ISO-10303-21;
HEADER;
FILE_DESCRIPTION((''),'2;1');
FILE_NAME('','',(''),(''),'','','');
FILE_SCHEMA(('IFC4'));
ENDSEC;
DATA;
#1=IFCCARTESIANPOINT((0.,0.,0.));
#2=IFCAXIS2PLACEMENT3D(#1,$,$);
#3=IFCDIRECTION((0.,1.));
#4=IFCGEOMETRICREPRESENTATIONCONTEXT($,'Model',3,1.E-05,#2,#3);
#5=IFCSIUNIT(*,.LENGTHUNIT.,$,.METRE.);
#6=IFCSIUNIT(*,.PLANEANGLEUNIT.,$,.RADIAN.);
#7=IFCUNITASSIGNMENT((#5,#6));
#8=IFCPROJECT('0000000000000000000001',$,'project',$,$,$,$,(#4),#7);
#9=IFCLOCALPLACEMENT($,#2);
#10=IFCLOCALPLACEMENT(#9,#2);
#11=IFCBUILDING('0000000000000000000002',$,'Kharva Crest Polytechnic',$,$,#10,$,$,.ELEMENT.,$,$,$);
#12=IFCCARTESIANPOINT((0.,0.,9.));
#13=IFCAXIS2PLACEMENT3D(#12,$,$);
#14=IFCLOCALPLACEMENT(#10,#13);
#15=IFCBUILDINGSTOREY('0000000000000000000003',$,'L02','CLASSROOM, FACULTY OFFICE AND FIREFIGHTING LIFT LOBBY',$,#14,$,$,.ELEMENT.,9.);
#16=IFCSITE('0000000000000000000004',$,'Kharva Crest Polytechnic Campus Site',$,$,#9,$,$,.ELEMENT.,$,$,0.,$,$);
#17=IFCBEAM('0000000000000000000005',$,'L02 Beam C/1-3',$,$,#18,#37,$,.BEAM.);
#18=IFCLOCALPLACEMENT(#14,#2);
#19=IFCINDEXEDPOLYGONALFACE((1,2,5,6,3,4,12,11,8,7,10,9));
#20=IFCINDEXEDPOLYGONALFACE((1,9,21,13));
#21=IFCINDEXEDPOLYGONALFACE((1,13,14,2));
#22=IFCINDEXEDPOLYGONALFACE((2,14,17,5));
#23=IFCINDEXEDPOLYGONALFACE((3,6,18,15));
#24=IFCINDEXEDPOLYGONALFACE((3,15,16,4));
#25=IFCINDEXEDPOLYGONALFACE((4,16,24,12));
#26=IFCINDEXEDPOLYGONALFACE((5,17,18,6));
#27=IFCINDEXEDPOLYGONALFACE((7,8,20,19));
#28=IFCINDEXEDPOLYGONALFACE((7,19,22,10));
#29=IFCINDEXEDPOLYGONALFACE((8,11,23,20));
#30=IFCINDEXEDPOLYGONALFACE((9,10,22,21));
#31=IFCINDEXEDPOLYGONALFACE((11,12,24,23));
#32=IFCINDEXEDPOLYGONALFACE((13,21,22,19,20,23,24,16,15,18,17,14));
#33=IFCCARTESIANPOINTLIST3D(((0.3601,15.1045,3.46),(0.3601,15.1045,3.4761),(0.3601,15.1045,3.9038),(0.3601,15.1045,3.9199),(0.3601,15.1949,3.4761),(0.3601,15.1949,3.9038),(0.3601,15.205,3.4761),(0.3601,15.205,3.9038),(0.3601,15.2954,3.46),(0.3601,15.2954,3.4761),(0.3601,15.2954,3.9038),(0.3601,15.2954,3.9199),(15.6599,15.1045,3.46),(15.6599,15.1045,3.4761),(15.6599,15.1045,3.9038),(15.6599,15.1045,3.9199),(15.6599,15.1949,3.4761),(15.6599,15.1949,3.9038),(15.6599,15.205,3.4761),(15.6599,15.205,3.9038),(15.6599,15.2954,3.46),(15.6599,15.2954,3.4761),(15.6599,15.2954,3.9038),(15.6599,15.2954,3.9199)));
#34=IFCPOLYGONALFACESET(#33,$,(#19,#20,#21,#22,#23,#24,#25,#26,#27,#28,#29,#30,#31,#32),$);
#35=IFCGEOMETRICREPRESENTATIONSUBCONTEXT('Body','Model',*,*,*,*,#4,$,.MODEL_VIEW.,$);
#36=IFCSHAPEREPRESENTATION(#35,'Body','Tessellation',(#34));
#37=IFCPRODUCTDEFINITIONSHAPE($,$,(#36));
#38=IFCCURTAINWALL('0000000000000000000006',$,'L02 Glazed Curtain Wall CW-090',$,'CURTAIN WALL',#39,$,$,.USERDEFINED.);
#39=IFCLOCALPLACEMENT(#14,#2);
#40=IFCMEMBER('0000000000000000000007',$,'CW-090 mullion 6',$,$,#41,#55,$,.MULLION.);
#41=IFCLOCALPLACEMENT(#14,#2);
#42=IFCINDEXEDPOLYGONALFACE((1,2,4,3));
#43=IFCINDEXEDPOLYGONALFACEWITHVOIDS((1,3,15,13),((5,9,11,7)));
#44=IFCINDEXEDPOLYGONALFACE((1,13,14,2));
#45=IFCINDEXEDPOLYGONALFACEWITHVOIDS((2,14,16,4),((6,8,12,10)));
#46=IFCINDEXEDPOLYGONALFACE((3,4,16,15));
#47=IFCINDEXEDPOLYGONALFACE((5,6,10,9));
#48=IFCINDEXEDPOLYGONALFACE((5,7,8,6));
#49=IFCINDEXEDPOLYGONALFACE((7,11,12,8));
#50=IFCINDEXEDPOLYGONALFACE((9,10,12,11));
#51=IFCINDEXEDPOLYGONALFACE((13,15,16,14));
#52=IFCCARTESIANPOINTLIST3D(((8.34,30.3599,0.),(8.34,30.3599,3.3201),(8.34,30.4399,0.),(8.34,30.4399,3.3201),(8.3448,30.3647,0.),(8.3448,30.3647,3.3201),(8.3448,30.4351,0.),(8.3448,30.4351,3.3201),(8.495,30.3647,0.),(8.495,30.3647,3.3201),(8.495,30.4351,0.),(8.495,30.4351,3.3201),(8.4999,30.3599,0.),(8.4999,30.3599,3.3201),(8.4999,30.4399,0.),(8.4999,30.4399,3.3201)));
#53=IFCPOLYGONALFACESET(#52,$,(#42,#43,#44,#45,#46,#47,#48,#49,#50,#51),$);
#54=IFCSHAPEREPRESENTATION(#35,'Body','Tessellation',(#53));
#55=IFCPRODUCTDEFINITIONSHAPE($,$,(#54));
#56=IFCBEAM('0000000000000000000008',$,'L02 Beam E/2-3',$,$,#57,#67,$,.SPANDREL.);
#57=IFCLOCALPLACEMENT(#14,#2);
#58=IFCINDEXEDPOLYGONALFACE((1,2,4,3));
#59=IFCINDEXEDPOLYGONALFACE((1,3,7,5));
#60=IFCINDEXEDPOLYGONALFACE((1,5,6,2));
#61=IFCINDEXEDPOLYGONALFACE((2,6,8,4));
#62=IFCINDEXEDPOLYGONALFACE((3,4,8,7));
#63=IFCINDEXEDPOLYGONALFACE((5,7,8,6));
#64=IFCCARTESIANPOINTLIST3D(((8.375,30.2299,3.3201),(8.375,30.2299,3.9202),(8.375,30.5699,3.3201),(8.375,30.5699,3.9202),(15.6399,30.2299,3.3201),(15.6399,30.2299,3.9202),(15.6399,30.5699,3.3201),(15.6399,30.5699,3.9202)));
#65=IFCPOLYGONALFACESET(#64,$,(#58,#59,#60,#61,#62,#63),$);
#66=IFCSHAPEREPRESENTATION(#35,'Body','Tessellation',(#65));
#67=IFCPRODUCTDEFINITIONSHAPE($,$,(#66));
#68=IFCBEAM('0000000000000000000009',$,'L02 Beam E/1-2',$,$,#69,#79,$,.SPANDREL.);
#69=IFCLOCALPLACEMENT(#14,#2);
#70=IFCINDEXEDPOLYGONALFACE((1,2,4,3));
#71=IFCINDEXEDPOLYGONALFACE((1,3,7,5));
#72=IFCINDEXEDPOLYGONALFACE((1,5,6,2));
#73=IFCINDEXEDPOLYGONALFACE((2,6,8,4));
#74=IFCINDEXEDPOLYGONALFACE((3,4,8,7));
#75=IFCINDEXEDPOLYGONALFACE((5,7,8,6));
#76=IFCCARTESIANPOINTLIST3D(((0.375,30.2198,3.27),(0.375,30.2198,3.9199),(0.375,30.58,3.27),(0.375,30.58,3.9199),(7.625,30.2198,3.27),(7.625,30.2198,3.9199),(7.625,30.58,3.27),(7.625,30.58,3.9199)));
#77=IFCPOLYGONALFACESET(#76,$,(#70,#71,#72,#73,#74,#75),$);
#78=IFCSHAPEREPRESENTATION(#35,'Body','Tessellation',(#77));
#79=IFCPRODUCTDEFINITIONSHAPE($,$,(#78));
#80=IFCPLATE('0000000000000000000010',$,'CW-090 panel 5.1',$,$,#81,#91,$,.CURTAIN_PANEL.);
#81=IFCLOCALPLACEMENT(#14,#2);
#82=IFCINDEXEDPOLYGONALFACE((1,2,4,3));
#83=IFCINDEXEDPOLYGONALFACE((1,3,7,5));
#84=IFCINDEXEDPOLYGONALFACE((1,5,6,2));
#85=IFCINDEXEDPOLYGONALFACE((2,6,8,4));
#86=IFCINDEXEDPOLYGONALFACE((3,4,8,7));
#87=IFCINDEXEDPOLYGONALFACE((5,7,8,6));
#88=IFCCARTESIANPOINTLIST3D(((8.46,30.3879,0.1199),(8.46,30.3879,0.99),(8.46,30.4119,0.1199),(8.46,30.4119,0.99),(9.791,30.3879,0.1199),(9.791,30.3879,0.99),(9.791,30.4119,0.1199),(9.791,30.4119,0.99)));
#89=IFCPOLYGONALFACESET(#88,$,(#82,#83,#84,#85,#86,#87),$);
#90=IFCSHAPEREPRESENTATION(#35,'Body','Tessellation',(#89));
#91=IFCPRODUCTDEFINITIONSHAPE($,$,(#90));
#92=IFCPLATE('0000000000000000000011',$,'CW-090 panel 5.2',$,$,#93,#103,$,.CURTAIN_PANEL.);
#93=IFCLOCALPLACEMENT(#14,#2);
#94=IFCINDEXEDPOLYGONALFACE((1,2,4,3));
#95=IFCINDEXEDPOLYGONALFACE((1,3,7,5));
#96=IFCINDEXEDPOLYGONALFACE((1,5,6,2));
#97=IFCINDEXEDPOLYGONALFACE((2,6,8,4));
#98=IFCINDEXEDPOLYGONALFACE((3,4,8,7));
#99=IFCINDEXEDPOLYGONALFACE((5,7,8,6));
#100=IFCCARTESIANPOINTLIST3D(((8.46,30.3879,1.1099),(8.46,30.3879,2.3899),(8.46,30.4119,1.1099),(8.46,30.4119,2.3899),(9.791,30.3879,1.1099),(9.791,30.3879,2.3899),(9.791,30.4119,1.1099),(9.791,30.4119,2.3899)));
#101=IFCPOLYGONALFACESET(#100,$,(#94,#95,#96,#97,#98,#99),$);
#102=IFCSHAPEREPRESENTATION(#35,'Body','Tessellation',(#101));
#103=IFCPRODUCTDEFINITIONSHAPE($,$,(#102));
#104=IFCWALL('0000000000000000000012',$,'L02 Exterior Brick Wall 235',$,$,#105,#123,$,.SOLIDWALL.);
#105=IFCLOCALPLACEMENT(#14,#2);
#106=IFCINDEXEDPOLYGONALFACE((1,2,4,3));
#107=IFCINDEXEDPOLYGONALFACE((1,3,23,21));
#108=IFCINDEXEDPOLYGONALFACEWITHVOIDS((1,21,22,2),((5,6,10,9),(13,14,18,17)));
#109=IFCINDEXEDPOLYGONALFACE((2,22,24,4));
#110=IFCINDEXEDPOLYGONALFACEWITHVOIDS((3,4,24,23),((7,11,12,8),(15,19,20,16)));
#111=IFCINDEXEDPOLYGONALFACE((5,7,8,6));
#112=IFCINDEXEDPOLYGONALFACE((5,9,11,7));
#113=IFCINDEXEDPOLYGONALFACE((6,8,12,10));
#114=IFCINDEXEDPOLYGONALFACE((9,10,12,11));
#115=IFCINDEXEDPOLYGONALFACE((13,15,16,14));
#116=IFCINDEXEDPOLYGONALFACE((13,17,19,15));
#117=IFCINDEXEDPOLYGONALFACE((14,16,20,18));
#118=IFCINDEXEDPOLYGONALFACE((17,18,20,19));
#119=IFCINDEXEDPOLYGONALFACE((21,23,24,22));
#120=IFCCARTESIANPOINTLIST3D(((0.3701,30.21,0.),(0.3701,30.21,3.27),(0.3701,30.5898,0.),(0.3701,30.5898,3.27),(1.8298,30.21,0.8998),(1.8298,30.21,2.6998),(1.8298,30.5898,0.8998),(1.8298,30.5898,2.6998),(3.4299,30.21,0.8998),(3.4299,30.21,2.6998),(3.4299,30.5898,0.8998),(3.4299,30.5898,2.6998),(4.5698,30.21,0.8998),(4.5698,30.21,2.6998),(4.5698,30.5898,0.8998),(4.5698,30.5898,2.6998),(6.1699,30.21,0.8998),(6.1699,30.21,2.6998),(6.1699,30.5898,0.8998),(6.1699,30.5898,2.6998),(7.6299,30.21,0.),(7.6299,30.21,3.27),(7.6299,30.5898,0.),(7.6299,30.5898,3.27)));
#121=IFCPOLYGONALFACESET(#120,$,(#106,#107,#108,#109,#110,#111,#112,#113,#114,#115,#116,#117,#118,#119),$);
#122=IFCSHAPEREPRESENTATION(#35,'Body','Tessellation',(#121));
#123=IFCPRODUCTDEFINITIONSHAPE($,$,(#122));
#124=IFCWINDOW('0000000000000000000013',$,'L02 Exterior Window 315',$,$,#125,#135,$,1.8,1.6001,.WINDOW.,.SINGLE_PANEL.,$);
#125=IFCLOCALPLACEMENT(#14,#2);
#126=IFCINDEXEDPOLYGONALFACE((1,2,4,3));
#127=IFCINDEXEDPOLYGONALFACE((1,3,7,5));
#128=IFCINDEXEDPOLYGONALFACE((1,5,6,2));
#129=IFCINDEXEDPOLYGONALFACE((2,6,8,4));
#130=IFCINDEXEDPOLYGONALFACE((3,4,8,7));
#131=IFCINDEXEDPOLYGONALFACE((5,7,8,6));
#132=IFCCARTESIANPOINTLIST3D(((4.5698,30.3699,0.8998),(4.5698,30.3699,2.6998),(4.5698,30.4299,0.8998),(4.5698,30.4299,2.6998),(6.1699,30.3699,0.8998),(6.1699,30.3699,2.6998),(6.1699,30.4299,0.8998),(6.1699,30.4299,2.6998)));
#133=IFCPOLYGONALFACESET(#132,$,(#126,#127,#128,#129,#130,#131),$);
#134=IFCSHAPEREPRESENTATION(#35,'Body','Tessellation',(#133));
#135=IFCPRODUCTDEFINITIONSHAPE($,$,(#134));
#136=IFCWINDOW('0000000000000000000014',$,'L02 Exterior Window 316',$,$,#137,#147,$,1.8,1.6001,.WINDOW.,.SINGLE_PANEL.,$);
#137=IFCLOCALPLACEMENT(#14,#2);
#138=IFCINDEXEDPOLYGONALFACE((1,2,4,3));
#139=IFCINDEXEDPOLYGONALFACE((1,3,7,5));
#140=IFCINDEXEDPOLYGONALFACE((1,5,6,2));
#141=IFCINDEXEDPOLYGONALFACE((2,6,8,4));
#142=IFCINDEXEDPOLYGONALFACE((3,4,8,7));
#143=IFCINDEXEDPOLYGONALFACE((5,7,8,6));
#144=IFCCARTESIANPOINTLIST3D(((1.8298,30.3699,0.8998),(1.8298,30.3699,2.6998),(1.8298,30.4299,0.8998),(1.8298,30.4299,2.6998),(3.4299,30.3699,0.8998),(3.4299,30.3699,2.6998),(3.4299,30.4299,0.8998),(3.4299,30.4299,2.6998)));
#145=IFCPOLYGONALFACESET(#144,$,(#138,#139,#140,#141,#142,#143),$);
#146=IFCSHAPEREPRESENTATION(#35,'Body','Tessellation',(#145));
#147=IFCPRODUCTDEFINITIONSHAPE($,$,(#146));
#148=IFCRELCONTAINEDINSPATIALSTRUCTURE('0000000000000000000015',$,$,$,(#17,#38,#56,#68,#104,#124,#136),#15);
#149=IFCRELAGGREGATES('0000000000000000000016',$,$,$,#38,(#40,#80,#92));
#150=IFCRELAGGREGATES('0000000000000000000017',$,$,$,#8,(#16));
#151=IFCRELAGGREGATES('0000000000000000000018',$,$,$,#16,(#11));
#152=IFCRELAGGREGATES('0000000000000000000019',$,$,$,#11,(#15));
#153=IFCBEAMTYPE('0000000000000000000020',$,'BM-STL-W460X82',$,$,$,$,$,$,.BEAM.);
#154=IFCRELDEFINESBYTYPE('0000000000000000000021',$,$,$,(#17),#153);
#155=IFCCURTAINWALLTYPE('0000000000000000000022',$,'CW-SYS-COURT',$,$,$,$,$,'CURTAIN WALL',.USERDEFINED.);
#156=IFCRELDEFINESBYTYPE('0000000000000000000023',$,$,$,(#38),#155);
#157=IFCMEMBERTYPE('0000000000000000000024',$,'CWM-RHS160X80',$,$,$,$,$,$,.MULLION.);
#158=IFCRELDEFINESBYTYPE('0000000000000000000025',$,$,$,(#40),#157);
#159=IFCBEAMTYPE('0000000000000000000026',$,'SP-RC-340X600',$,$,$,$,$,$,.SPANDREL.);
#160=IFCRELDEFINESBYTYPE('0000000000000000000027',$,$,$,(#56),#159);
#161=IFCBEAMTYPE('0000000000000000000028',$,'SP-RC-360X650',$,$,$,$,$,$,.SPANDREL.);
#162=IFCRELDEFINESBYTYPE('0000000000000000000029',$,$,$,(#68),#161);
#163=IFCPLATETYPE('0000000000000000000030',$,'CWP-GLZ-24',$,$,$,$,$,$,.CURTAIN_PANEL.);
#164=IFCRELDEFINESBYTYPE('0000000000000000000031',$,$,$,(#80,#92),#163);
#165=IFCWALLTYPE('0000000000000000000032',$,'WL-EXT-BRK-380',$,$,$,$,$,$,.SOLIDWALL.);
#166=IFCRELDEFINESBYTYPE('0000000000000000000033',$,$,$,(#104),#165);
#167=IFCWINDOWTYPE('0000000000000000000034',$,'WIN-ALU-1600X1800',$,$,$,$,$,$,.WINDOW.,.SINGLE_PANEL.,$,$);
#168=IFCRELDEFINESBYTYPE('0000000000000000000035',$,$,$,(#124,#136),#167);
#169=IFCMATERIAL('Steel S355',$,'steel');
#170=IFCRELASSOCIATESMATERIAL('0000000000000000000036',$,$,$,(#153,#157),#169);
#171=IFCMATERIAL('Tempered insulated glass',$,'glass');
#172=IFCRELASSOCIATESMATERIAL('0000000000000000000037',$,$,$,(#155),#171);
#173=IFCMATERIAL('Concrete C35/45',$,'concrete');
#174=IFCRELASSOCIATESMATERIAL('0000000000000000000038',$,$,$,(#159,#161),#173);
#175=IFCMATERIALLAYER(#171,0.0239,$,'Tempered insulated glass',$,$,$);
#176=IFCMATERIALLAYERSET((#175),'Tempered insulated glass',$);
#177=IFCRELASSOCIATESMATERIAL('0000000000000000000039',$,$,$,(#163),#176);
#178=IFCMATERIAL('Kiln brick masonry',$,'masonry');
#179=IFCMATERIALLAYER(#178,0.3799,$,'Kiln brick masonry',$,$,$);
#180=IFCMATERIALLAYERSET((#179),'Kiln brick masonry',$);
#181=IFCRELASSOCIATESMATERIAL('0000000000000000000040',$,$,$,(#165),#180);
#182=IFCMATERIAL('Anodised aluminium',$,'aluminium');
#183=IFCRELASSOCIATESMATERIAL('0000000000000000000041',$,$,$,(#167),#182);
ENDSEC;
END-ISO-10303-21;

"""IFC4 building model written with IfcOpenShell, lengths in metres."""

from ifc_helpers import new_model, si_unit, direction, frame, frame_2d, origin, origin_2d, place, context, subcontext, project, spatial, rectangle, hollow_rectangle, i_section, extrude, material, layer, layer_set, material_profile, profile_set, type_object, element, fill, aggregate, save


model = new_model("IFC4")

# Units and contexts
model_context = context("Model", 3, precision=1e-05, world=origin(), true_north=direction((0.0, 1.0)))
body_context = subcontext(model_context, "Body", "Model", "MODEL_VIEW")
ifc_project = project(units=[si_unit("LENGTHUNIT", "METRE"), si_unit("PLANEANGLEUNIT", "RADIAN")], contexts=[model_context])

# Site, building, storey
site_placement = place(None, origin())
site = spatial("IfcSite", under=ifc_project, at=site_placement, Name="Kharva Crest Polytechnic Campus Site", CompositionType="ELEMENT", RefElevation=0.0)
building_placement = place(site_placement, origin())
building = spatial("IfcBuilding", under=site, at=building_placement, Name="Kharva Crest Polytechnic", CompositionType="ELEMENT")
storey_placement = place(building_placement, frame((0.0, 0.0, 9.0)))
storey = spatial("IfcBuildingStorey", under=building, at=storey_placement, Name="L02", Description="CLASSROOM, FACULTY OFFICE AND FIREFIGHTING LIFT LOBBY", CompositionType="ELEMENT", Elevation=9.0)

# Beam
ifc_material_1 = material(Name="Concrete C35/45", Category="concrete")
ifc_material_2 = material(Name="Steel S355", Category="steel")
ifc_material_profile_1 = material_profile(ifc_material_2, i_section(OverallWidth=0.1909, OverallDepth=0.46, WebThickness=0.01, FlangeThickness=0.0161, at=origin_2d()), Name="W460X82")
ifc_profile_set_1 = profile_set([ifc_material_profile_1], Name="Steel S355")
beam_type_1 = type_object("IfcBeamType", Name="BM-STL-W460X82", PredefinedType="BEAM", material=ifc_profile_set_1)
beam_1_placement = place(storey_placement, frame((0.3601, 15.2, 3.6899), z_axis=(1.0, 0.0, 0.0), x_axis=(0.0, 1.0, 0.0)))
element("IfcBeam", 1, at=beam_1_placement, inside=storey, type_object=beam_type_1, Name="L02 Beam C/1-3", PredefinedType="BEAM", context=body_context, shape_type="SweptSolid", body=[
    extrude(i_section(OverallWidth=0.1909, OverallDepth=0.46, WebThickness=0.01, FlangeThickness=0.0161, at=origin_2d()), origin(), (0.0, 0.0, 1.0), 15.2998),
])

# Curtain wall, member
ifc_material_3 = material(Name="Tempered insulated glass", Category="glass")
curtain_wall_type = type_object("IfcCurtainWallType", Name="CW-SYS-COURT", ElementType="CURTAIN WALL", PredefinedType="USERDEFINED", material=ifc_material_3)
curtain_wall_placement = place(storey_placement, origin())
curtain_wall = element("IfcCurtainWall", 2, at=curtain_wall_placement, inside=storey, type_object=curtain_wall_type, Name="L02 Glazed Curtain Wall CW-090", ObjectType="CURTAIN WALL", PredefinedType="USERDEFINED")
ifc_material_profile_2 = material_profile(ifc_material_2, hollow_rectangle(XDim=0.0801, YDim=0.1599, WallThickness=0.0049, at=origin_2d()), Name="RHS 160X80X5.0")
ifc_profile_set_2 = profile_set([ifc_material_profile_2], Name="Steel S355")
member_type = type_object("IfcMemberType", Name="CWM-RHS160X80", PredefinedType="MULLION", material=ifc_profile_set_2)
member_placement = place(storey_placement, frame((8.4199, 30.3999, 0.0), z_axis=(0.0, 0.0, 1.0), x_axis=(0.0, -1.0, 0.0)))
member = element("IfcMember", 3, at=member_placement, type_object=member_type, Name="CW-090 mullion 6", PredefinedType="MULLION", context=body_context, shape_type="SweptSolid", body=[
    extrude(hollow_rectangle(XDim=0.0801, YDim=0.1599, WallThickness=0.0049, at=origin_2d()), origin(), (0.0, 0.0, 1.0), 3.3201),
])

# Beams
ifc_material_profile_3 = material_profile(ifc_material_1, rectangle(XDim=0.3401, YDim=0.6001, at=origin_2d()), Name="RECT 340 X 600")
ifc_profile_set_3 = profile_set([ifc_material_profile_3], Name="Concrete C35/45")
beam_type_2 = type_object("IfcBeamType", Name="SP-RC-340X600", PredefinedType="SPANDREL", material=ifc_profile_set_3)
beam_2_placement = place(storey_placement, frame((8.375, 30.3999, 3.6201), z_axis=(1.0, 0.0, 0.0), x_axis=(0.0, 1.0, 0.0)))
element("IfcBeam", 4, at=beam_2_placement, inside=storey, type_object=beam_type_2, Name="L02 Beam E/2-3", PredefinedType="SPANDREL", context=body_context, shape_type="SweptSolid", body=[
    extrude(rectangle(XDim=0.3401, YDim=0.6001, at=origin_2d()), origin(), (0.0, 0.0, 1.0), 7.2649),
])
ifc_material_profile_4 = material_profile(ifc_material_1, rectangle(XDim=0.3601, YDim=0.6499, at=origin_2d()), Name="RECT 360 X 650")
ifc_profile_set_4 = profile_set([ifc_material_profile_4], Name="Concrete C35/45")
beam_type_3 = type_object("IfcBeamType", Name="SP-RC-360X650", PredefinedType="SPANDREL", material=ifc_profile_set_4)
beam_3_placement = place(storey_placement, frame((0.375, 30.3999, 3.595), z_axis=(1.0, 0.0, 0.0), x_axis=(0.0, 1.0, 0.0)))
element("IfcBeam", 5, at=beam_3_placement, inside=storey, type_object=beam_type_3, Name="L02 Beam E/1-2", PredefinedType="SPANDREL", context=body_context, shape_type="SweptSolid", body=[
    extrude(rectangle(XDim=0.3601, YDim=0.6499, at=origin_2d()), origin(), (0.0, 0.0, 1.0), 7.25),
])

# Plates
ifc_layer_1 = layer(ifc_material_3, 0.0239, Name="Tempered insulated glass")
ifc_layer_set_1 = layer_set([ifc_layer_1], Name="Tempered insulated glass")
plate_type = type_object("IfcPlateType", Name="CWP-GLZ-24", PredefinedType="CURTAIN_PANEL", material=ifc_layer_set_1)
plate_1_placement = place(storey_placement, frame((9.1255, 30.3999, 0.1199), z_axis=(0.0, 0.0, 1.0), x_axis=(-1.0, 0.0, 0.0)))
plate_1 = element("IfcPlate", 6, at=plate_1_placement, type_object=plate_type, Name="CW-090 panel 5.1", PredefinedType="CURTAIN_PANEL", context=body_context, shape_type="SweptSolid", body=[
    extrude(rectangle(XDim=1.3311, YDim=0.0239, at=origin_2d()), origin(), (0.0, 0.0, 1.0), 0.8701),
])
plate_2_placement = place(storey_placement, frame((9.1255, 30.3999, 1.1099), z_axis=(0.0, 0.0, 1.0), x_axis=(-1.0, 0.0, 0.0)))
plate_2 = element("IfcPlate", 7, at=plate_2_placement, type_object=plate_type, Name="CW-090 panel 5.2", PredefinedType="CURTAIN_PANEL", context=body_context, shape_type="SweptSolid", body=[
    extrude(rectangle(XDim=1.3311, YDim=0.0239, at=origin_2d()), origin(), (0.0, 0.0, 1.0), 1.28),
])
aggregate(curtain_wall, [member, plate_1, plate_2])

# Wall, openings, windows
ifc_material_4 = material(Name="Kiln brick masonry", Category="masonry")
ifc_layer_2 = layer(ifc_material_4, 0.3799, Name="Kiln brick masonry")
ifc_layer_set_2 = layer_set([ifc_layer_2], Name="Kiln brick masonry")
wall_type_1 = type_object("IfcWallType", Name="WL-EXT-BRK-380", PredefinedType="SOLIDWALL", material=ifc_layer_set_2)
wall_1_placement = place(storey_placement, frame((7.6299, 30.3999, 0.0), z_axis=(0.0, 0.0, 1.0), x_axis=(-1.0, 0.0, 0.0)))
wall_1 = element("IfcWall", 8, at=wall_1_placement, inside=storey, type_object=wall_type_1, Name="L02 Exterior Brick Wall 235", PredefinedType="SOLIDWALL", context=body_context, shape_type="SweptSolid", body=[
    extrude(rectangle(XDim=7.2598, YDim=0.3799, at=frame_2d((3.6299, 0.0))), origin(), (0.0, 0.0, 1.0), 3.27),
])
opening_1_placement = place(wall_1_placement, frame((1.46, 0.0, 0.8999)))
opening_1 = element("IfcOpeningElement", 9, at=opening_1_placement, cuts=wall_1, PredefinedType="OPENING", context=body_context, shape_type="SweptSolid", body=[
    extrude(rectangle(XDim=1.6001, YDim=1.8, at=frame_2d((0.8, 0.8999))), frame((0.0, 0.2, 0.0), z_axis=(0.0, -1.0, 0.0), x_axis=(1.0, 0.0, 0.0)), (0.0, 0.0, 1.0), 0.3999),
])
opening_2_placement = place(wall_1_placement, frame((4.2, 0.0, 0.8999)))
opening_2 = element("IfcOpeningElement", 10, at=opening_2_placement, cuts=wall_1, PredefinedType="OPENING", context=body_context, shape_type="SweptSolid", body=[
    extrude(rectangle(XDim=1.6001, YDim=1.8, at=frame_2d((0.8, 0.8999))), frame((0.0, 0.2, 0.0), z_axis=(0.0, -1.0, 0.0), x_axis=(1.0, 0.0, 0.0)), (0.0, 0.0, 1.0), 0.3999),
])
ifc_material_5 = material(Name="Anodised aluminium", Category="aluminium")
window_type = type_object("IfcWindowType", Name="WIN-ALU-1600X1800", PartitioningType="SINGLE_PANEL", PredefinedType="WINDOW", material=ifc_material_5)
window_1_placement = place(opening_1_placement, origin())
window_1 = element("IfcWindow", 11, at=window_1_placement, inside=storey, type_object=window_type, Name="L02 Exterior Window 315", OverallHeight=1.8, OverallWidth=1.6001, PartitioningType="SINGLE_PANEL", PredefinedType="WINDOW", context=body_context, shape_type="SweptSolid", body=[
    extrude(rectangle(XDim=1.6001, YDim=1.8, at=frame_2d((0.8, 0.8999))), frame((0.0, 0.03, 0.0), z_axis=(0.0, -1.0, 0.0), x_axis=(1.0, 0.0, 0.0)), (0.0, 0.0, 1.0), 0.0601),
])
fill(opening_1, window_1)
window_2_placement = place(opening_2_placement, origin())
window_2 = element("IfcWindow", 12, at=window_2_placement, inside=storey, type_object=window_type, Name="L02 Exterior Window 316", OverallHeight=1.8, OverallWidth=1.6001, PartitioningType="SINGLE_PANEL", PredefinedType="WINDOW", context=body_context, shape_type="SweptSolid", body=[
    extrude(rectangle(XDim=1.6001, YDim=1.8, at=frame_2d((0.8, 0.8999))), frame((0.0, 0.03, 0.0), z_axis=(0.0, -1.0, 0.0), x_axis=(1.0, 0.0, 0.0)), (0.0, 0.0, 1.0), 0.0601),
])
fill(opening_2, window_2)

save(model, "model.ifc")
